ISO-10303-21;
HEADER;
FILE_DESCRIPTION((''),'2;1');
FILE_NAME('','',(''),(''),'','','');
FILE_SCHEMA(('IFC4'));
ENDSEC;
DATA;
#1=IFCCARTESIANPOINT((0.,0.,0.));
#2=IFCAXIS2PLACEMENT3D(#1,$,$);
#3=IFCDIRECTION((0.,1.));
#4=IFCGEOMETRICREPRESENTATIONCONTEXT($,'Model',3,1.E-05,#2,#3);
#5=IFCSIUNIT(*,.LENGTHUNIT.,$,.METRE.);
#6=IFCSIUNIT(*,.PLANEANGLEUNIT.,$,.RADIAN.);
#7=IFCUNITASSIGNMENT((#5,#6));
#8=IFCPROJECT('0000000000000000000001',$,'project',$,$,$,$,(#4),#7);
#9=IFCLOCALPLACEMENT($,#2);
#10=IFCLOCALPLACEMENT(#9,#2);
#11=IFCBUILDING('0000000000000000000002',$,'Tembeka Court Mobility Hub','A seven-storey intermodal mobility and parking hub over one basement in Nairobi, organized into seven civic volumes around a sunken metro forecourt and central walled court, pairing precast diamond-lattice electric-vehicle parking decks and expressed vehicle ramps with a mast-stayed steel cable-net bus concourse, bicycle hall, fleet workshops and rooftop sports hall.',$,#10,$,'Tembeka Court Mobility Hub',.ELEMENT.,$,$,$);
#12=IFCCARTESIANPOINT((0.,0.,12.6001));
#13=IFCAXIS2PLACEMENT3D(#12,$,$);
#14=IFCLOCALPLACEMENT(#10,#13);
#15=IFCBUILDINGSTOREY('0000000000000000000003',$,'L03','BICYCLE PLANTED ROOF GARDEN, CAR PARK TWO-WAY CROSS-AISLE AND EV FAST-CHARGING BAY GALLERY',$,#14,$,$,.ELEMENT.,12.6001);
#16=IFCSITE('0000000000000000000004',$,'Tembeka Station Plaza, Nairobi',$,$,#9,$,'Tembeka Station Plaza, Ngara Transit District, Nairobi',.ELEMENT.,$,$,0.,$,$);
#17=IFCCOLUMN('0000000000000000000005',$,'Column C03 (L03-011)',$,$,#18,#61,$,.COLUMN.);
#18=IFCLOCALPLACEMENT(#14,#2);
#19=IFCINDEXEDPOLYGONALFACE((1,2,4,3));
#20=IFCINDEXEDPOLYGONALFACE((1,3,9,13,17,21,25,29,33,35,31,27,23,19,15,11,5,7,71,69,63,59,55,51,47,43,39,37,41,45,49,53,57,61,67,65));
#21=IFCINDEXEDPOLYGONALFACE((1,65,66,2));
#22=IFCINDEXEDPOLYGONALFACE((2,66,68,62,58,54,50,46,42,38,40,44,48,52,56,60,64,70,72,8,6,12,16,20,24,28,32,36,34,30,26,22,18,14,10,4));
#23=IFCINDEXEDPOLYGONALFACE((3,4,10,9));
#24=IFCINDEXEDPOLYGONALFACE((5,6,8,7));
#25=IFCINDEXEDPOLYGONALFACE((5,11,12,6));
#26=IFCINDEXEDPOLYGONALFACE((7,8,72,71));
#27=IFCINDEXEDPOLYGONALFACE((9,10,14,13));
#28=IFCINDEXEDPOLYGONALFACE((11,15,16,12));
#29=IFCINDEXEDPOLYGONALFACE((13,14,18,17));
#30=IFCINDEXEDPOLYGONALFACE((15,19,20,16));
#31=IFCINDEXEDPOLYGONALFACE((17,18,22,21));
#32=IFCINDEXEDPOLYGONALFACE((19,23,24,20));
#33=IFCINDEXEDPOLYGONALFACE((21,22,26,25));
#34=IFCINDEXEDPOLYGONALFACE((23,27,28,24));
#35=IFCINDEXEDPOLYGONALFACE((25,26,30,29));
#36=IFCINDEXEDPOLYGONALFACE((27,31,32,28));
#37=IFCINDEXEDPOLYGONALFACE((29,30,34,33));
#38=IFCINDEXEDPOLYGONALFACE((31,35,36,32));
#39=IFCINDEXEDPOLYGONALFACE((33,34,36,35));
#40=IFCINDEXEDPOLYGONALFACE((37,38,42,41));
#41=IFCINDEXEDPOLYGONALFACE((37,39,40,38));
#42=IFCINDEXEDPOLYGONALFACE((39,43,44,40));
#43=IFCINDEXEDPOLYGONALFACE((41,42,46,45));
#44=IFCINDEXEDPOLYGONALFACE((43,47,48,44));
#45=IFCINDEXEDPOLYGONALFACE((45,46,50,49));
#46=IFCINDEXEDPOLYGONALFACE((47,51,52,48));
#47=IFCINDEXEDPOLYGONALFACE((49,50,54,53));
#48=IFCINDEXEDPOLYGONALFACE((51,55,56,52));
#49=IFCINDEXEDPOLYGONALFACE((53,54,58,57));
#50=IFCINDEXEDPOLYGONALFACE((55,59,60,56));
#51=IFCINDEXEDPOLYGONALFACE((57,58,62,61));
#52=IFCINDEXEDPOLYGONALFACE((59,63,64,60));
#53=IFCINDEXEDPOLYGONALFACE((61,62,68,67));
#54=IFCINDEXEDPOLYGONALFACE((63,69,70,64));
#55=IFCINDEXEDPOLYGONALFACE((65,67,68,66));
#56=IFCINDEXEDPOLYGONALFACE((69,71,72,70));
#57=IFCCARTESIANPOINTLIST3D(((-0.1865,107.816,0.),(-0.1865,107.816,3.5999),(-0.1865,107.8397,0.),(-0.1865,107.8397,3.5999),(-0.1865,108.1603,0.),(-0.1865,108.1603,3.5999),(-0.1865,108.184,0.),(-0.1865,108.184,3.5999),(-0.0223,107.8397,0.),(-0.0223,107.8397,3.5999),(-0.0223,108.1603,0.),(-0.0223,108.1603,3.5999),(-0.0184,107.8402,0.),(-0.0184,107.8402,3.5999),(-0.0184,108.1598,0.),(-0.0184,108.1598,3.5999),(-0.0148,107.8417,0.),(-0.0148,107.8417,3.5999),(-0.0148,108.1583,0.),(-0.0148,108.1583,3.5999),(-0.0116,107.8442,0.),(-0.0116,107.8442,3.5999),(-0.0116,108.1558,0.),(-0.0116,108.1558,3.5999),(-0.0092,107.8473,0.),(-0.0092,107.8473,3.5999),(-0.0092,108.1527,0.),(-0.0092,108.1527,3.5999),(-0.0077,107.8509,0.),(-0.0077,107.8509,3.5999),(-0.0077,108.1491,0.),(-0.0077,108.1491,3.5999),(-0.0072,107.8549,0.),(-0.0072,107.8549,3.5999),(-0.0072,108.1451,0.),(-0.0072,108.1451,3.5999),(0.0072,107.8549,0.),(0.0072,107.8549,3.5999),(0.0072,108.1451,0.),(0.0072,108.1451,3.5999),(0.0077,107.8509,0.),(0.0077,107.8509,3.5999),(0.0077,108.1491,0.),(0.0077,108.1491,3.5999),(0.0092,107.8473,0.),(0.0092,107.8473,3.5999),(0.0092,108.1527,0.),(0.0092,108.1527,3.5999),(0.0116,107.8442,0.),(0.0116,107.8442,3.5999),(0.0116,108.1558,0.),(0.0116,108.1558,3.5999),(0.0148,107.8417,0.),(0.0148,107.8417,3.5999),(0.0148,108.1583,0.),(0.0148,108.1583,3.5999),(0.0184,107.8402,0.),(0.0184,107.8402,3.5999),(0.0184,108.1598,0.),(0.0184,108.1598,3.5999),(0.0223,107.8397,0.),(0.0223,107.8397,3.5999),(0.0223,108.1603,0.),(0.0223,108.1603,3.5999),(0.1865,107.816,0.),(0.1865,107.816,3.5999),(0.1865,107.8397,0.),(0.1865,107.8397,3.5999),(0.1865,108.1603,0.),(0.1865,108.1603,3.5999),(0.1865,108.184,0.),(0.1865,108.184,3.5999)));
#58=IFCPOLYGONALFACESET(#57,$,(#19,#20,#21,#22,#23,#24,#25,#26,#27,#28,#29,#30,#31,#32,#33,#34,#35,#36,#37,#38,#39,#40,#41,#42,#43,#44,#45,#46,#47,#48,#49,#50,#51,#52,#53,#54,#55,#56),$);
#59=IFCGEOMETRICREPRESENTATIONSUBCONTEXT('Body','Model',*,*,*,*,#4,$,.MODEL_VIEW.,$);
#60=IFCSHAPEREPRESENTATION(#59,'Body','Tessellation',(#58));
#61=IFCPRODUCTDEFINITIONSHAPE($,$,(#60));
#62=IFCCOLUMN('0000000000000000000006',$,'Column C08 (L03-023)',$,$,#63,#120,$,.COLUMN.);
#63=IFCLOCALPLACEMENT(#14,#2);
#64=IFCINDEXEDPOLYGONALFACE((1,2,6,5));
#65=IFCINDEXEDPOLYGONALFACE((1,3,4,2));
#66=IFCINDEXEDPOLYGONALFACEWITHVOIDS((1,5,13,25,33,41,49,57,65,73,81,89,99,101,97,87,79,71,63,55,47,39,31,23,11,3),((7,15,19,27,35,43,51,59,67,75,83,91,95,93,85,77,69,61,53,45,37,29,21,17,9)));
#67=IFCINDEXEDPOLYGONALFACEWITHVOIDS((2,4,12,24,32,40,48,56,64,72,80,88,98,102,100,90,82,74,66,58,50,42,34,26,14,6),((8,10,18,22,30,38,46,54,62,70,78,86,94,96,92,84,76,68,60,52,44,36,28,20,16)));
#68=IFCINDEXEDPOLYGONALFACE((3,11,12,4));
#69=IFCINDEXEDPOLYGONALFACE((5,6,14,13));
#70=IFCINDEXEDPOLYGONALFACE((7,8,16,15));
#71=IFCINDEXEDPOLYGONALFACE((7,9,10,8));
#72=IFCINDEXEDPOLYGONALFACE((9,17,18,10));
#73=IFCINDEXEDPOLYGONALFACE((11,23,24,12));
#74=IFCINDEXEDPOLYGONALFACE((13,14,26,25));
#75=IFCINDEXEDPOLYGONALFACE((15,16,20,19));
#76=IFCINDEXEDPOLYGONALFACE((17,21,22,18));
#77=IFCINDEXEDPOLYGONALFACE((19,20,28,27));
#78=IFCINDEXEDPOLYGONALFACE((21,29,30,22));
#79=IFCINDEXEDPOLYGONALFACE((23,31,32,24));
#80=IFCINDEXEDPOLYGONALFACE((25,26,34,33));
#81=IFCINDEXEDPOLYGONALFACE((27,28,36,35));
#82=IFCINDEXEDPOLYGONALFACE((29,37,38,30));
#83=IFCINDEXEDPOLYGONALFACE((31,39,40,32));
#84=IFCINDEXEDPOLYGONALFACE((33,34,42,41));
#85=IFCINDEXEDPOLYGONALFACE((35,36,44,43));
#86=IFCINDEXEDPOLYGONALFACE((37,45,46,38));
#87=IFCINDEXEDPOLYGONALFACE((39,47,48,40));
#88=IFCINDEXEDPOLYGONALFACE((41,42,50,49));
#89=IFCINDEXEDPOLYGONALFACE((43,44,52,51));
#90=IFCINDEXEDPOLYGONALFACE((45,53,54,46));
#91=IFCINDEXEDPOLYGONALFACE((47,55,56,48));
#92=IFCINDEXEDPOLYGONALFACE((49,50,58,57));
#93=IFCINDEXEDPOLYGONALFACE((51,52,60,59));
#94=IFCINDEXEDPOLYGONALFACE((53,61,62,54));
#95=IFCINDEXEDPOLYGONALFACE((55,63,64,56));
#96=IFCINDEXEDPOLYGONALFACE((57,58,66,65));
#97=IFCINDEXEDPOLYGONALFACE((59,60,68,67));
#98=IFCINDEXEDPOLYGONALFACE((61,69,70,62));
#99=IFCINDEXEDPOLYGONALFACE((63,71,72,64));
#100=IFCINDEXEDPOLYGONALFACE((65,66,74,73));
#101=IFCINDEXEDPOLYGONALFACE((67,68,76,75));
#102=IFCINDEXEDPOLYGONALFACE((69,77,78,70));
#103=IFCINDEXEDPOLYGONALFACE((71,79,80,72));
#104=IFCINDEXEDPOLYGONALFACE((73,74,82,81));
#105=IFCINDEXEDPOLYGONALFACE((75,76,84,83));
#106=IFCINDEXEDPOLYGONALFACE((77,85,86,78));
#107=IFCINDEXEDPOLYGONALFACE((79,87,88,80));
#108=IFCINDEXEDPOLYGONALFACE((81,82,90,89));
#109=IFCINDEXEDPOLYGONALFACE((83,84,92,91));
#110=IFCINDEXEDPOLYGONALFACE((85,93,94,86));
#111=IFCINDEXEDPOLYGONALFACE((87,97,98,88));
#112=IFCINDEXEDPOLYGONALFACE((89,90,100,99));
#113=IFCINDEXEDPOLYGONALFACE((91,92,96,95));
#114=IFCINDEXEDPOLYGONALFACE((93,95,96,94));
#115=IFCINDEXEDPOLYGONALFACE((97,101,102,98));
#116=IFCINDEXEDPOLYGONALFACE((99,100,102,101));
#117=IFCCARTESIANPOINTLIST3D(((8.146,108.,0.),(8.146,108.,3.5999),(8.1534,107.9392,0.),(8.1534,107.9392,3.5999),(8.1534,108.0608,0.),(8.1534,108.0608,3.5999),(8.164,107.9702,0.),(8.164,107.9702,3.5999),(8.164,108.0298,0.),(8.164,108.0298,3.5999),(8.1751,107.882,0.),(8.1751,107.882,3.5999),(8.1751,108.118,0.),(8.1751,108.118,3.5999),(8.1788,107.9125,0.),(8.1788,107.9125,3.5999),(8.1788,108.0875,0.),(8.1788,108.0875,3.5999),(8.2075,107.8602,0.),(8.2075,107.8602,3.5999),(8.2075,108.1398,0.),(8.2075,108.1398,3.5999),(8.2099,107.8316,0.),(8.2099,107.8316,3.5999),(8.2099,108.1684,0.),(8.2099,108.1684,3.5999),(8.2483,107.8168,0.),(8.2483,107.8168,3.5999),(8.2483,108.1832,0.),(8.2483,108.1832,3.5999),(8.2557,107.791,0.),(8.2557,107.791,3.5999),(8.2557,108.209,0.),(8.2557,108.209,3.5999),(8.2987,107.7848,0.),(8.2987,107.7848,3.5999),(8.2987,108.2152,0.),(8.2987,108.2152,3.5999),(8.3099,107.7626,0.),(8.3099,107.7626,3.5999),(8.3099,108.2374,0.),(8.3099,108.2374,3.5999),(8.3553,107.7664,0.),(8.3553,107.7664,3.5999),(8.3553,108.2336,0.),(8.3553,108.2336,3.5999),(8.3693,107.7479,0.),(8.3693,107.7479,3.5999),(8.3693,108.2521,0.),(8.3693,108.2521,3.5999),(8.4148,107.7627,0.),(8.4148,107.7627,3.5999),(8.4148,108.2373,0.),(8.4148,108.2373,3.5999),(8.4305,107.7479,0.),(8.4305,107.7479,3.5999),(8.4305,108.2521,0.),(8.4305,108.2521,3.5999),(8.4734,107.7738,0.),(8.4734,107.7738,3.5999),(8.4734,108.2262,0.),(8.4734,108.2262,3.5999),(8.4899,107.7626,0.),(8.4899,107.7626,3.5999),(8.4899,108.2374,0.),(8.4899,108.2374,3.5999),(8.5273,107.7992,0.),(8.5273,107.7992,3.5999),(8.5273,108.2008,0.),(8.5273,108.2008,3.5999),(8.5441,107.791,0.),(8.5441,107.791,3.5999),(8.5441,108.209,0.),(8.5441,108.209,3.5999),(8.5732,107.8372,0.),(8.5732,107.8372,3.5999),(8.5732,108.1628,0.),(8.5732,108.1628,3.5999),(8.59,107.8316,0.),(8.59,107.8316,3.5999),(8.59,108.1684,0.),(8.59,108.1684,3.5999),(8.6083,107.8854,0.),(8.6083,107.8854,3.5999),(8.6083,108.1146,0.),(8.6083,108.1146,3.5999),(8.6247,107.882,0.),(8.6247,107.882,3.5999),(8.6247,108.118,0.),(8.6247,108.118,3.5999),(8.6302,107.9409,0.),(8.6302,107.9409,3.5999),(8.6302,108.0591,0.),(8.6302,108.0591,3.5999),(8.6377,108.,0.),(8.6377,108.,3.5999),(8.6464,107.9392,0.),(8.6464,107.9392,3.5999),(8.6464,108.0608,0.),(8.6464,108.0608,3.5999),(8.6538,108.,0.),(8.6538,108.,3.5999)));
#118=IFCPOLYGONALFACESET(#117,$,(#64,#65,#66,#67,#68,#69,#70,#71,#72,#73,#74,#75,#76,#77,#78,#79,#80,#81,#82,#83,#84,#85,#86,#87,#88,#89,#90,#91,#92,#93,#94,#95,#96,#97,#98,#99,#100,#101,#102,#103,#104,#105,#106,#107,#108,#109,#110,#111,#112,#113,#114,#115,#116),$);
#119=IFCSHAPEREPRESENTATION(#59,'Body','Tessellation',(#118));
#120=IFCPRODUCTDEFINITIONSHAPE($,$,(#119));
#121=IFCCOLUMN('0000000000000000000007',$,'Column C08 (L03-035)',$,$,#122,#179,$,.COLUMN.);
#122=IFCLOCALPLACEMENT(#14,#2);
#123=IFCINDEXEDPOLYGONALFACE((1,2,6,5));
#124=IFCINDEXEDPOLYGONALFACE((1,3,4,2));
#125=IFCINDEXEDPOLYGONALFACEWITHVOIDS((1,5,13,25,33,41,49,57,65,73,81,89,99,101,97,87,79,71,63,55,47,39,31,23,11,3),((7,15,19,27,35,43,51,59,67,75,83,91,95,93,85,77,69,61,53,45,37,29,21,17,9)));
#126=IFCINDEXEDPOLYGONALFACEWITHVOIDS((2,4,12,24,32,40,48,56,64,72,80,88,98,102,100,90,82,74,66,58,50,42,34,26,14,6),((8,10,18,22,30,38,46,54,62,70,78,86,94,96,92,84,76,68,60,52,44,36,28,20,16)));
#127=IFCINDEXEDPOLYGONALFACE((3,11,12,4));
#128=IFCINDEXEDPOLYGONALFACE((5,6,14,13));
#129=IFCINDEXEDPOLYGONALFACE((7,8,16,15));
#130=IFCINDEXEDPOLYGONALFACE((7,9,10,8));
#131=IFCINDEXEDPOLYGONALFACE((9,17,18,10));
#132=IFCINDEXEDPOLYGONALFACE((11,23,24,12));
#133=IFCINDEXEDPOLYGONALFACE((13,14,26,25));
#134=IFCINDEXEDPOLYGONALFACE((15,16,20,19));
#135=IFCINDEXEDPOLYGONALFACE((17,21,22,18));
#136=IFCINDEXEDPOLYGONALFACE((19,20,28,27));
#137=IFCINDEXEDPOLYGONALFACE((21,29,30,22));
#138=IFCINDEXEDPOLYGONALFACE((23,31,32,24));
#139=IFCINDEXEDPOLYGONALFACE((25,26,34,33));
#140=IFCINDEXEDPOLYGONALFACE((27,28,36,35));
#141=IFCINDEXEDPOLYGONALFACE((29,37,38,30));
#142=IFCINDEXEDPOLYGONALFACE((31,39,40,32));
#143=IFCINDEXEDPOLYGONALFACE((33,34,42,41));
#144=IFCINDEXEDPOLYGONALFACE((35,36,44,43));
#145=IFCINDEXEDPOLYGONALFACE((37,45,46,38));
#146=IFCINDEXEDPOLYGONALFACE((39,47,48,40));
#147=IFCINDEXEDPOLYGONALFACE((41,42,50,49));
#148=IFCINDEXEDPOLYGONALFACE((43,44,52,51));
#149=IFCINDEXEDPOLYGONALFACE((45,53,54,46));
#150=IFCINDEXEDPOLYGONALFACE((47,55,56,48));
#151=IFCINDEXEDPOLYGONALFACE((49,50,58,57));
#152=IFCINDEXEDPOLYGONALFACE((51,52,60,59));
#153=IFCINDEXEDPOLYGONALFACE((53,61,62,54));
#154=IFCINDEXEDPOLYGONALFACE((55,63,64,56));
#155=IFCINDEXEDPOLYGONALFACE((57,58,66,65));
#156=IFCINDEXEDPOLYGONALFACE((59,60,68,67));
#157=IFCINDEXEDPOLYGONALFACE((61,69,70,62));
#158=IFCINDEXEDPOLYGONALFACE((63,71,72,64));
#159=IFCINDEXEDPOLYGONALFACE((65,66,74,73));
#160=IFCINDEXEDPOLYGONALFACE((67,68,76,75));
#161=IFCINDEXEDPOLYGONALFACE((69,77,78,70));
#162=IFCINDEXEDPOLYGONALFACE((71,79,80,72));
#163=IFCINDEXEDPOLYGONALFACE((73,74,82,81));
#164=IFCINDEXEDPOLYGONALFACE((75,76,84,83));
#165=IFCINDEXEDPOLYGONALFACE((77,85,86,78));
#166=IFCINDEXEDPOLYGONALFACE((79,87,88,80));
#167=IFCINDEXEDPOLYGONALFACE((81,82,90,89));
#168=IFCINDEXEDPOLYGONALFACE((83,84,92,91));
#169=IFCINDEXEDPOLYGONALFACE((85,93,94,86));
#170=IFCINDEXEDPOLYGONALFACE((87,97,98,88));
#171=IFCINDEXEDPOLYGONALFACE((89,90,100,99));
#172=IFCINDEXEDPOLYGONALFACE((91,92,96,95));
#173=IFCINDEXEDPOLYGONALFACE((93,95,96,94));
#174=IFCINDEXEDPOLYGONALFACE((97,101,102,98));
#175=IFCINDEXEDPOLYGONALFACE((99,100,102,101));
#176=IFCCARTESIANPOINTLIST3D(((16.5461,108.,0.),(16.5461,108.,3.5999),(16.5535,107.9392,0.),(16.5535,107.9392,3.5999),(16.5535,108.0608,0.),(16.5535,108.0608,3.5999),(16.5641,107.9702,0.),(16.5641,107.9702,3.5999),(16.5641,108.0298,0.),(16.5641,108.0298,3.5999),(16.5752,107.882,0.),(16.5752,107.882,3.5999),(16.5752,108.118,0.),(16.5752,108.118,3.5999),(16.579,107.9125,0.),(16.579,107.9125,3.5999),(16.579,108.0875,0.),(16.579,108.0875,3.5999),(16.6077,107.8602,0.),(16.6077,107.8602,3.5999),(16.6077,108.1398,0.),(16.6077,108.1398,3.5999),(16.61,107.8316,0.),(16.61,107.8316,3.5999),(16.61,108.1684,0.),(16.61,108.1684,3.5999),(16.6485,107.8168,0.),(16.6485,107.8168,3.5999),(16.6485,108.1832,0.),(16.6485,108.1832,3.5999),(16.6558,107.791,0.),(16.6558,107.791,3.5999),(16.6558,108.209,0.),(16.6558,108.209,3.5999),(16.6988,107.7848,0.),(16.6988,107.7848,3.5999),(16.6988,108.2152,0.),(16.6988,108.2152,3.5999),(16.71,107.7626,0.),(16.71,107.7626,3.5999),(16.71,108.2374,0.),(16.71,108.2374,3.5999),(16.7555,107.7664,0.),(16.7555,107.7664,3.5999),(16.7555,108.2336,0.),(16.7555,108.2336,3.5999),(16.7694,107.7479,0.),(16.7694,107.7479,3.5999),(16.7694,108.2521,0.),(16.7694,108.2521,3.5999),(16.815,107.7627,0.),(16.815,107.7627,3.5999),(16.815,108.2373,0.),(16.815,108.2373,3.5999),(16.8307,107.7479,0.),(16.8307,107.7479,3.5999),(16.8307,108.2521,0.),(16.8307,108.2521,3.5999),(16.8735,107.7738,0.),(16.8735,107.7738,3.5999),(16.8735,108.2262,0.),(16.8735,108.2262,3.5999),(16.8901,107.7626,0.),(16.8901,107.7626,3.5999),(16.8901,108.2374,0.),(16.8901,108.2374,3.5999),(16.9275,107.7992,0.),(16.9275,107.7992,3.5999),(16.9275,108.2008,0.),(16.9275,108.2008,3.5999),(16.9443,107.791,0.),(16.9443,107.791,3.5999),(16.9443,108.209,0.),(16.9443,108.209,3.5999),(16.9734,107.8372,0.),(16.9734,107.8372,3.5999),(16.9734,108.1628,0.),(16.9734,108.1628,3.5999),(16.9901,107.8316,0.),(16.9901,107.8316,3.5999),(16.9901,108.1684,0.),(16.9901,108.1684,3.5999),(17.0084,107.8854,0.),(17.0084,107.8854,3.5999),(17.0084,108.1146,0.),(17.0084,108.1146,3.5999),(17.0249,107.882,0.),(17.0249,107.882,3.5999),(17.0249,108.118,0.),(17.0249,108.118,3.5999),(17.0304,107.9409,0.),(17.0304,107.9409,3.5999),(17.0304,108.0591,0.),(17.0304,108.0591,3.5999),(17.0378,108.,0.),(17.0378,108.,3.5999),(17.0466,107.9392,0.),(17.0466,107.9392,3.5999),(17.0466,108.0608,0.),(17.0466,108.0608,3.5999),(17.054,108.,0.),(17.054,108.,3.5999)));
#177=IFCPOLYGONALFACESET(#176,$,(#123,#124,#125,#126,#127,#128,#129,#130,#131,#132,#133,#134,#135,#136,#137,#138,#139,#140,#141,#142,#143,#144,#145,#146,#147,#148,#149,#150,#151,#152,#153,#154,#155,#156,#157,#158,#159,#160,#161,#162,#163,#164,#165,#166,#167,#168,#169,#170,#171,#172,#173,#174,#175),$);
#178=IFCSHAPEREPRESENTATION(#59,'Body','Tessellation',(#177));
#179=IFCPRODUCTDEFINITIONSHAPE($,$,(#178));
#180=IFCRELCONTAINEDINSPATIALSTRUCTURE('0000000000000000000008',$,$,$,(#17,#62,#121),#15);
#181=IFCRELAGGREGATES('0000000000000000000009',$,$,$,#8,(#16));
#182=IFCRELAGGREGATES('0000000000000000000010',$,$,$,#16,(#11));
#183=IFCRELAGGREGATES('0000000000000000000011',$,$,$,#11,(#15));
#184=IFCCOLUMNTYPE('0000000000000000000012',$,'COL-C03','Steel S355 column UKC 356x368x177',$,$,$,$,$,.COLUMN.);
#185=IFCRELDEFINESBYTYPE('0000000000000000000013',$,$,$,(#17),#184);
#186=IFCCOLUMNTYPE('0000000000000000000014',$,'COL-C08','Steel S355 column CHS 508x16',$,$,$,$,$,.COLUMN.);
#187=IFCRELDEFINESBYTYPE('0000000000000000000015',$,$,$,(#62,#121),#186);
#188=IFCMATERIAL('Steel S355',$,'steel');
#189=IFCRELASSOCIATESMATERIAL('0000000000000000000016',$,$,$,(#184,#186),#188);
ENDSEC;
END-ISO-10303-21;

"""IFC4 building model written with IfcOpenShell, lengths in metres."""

from ifc_helpers import new_model, si_unit, direction, frame, origin, origin_2d, place, context, subcontext, project, spatial, hollow_circle, i_section, extrude, material, material_profile, profile_set, type_object, element, save


model = new_model("IFC4")

# Units and contexts
model_context = context("Model", 3, precision=1e-05, world=origin(), true_north=direction((0.0, 1.0)))
body_context = subcontext(model_context, "Body", "Model", "MODEL_VIEW")
ifc_project = project(units=[si_unit("LENGTHUNIT", "METRE"), si_unit("PLANEANGLEUNIT", "RADIAN")], contexts=[model_context])

# Site, building, storey
site_placement = place(None, origin())
site = spatial("IfcSite", under=ifc_project, at=site_placement, Name="Tembeka Station Plaza, Nairobi", LongName="Tembeka Station Plaza, Ngara Transit District, Nairobi", CompositionType="ELEMENT", RefElevation=0.0)
building_placement = place(site_placement, origin())
building = spatial("IfcBuilding", under=site, at=building_placement, Name="Tembeka Court Mobility Hub", Description="A seven-storey intermodal mobility and parking hub over one basement in Nairobi, organized into seven civic volumes around a sunken metro forecourt and central walled court, pairing precast diamond-lattice electric-vehicle parking decks and expressed vehicle ramps with a mast-stayed steel cable-net bus concourse, bicycle hall, fleet workshops and rooftop sports hall.", LongName="Tembeka Court Mobility Hub", CompositionType="ELEMENT")
storey_placement = place(building_placement, frame((0.0, 0.0, 12.6001)))
storey = spatial("IfcBuildingStorey", under=building, at=storey_placement, Name="L03", Description="BICYCLE PLANTED ROOF GARDEN, CAR PARK TWO-WAY CROSS-AISLE AND EV FAST-CHARGING BAY GALLERY", CompositionType="ELEMENT", Elevation=12.6001)

# Columns
ifc_material_1 = material(Name="Steel S355", Category="steel")
ifc_material_profile_1 = material_profile(ifc_material_1, i_section(OverallWidth=0.373, OverallDepth=0.3679, WebThickness=0.0144, FlangeThickness=0.0237, FilletRadius=0.0151, at=origin_2d()), Name="UKC 356x368x177")
ifc_profile_set_1 = profile_set([ifc_material_profile_1], Name="Steel S355")
column_type_1 = type_object("IfcColumnType", Name="COL-C03", Description="Steel S355 column UKC 356x368x177", PredefinedType="COLUMN", material=ifc_profile_set_1)
column_placement = place(storey_placement, frame((0.0, 108.0, 0.0), z_axis=(0.0, 0.0, 1.0), x_axis=(1.0, 0.0, 0.0)))
element("IfcColumn", 1, at=column_placement, inside=storey, type_object=column_type_1, Name="Column C03 (L03-011)", PredefinedType="COLUMN", context=body_context, shape_type="SweptSolid", body=[
    extrude(i_section(OverallWidth=0.373, OverallDepth=0.3679, WebThickness=0.0144, FlangeThickness=0.0237, FilletRadius=0.0151, at=origin_2d()), origin(), (0.0, 0.0, 1.0), 3.5999),
])
ifc_material_profile_2 = material_profile(ifc_material_1, hollow_circle(Radius=0.2539, WallThickness=0.0161, at=origin_2d()), Name="CHS 508x16")
ifc_profile_set_2 = profile_set([ifc_material_profile_2], Name="Steel S355")
column_type_2 = type_object("IfcColumnType", Name="COL-C08", Description="Steel S355 column CHS 508x16", PredefinedType="COLUMN", material=ifc_profile_set_2)
for number, where, z_axis, x_axis, name in (
    (2, (8.3999, 108.0, 0.0), (0.0, 0.0, 1.0), (1.0, 0.0, 0.0), "Column C08 (L03-023)"),
    (3, (16.8, 108.0, 0.0), (0.0, 0.0, 1.0), (1.0, 0.0, 0.0), "Column C08 (L03-035)"),
):
    element("IfcColumn", number, at=place(storey_placement, frame(where, z_axis=z_axis, x_axis=x_axis)), inside=storey, type_object=column_type_2, Name=name, PredefinedType="COLUMN", context=body_context, shape_type="SweptSolid", body=[
        extrude(hollow_circle(Radius=0.2539, WallThickness=0.0161, at=origin_2d()), origin(), (0.0, 0.0, 1.0), 3.5999),
    ])

save(model, "model.ifc")
